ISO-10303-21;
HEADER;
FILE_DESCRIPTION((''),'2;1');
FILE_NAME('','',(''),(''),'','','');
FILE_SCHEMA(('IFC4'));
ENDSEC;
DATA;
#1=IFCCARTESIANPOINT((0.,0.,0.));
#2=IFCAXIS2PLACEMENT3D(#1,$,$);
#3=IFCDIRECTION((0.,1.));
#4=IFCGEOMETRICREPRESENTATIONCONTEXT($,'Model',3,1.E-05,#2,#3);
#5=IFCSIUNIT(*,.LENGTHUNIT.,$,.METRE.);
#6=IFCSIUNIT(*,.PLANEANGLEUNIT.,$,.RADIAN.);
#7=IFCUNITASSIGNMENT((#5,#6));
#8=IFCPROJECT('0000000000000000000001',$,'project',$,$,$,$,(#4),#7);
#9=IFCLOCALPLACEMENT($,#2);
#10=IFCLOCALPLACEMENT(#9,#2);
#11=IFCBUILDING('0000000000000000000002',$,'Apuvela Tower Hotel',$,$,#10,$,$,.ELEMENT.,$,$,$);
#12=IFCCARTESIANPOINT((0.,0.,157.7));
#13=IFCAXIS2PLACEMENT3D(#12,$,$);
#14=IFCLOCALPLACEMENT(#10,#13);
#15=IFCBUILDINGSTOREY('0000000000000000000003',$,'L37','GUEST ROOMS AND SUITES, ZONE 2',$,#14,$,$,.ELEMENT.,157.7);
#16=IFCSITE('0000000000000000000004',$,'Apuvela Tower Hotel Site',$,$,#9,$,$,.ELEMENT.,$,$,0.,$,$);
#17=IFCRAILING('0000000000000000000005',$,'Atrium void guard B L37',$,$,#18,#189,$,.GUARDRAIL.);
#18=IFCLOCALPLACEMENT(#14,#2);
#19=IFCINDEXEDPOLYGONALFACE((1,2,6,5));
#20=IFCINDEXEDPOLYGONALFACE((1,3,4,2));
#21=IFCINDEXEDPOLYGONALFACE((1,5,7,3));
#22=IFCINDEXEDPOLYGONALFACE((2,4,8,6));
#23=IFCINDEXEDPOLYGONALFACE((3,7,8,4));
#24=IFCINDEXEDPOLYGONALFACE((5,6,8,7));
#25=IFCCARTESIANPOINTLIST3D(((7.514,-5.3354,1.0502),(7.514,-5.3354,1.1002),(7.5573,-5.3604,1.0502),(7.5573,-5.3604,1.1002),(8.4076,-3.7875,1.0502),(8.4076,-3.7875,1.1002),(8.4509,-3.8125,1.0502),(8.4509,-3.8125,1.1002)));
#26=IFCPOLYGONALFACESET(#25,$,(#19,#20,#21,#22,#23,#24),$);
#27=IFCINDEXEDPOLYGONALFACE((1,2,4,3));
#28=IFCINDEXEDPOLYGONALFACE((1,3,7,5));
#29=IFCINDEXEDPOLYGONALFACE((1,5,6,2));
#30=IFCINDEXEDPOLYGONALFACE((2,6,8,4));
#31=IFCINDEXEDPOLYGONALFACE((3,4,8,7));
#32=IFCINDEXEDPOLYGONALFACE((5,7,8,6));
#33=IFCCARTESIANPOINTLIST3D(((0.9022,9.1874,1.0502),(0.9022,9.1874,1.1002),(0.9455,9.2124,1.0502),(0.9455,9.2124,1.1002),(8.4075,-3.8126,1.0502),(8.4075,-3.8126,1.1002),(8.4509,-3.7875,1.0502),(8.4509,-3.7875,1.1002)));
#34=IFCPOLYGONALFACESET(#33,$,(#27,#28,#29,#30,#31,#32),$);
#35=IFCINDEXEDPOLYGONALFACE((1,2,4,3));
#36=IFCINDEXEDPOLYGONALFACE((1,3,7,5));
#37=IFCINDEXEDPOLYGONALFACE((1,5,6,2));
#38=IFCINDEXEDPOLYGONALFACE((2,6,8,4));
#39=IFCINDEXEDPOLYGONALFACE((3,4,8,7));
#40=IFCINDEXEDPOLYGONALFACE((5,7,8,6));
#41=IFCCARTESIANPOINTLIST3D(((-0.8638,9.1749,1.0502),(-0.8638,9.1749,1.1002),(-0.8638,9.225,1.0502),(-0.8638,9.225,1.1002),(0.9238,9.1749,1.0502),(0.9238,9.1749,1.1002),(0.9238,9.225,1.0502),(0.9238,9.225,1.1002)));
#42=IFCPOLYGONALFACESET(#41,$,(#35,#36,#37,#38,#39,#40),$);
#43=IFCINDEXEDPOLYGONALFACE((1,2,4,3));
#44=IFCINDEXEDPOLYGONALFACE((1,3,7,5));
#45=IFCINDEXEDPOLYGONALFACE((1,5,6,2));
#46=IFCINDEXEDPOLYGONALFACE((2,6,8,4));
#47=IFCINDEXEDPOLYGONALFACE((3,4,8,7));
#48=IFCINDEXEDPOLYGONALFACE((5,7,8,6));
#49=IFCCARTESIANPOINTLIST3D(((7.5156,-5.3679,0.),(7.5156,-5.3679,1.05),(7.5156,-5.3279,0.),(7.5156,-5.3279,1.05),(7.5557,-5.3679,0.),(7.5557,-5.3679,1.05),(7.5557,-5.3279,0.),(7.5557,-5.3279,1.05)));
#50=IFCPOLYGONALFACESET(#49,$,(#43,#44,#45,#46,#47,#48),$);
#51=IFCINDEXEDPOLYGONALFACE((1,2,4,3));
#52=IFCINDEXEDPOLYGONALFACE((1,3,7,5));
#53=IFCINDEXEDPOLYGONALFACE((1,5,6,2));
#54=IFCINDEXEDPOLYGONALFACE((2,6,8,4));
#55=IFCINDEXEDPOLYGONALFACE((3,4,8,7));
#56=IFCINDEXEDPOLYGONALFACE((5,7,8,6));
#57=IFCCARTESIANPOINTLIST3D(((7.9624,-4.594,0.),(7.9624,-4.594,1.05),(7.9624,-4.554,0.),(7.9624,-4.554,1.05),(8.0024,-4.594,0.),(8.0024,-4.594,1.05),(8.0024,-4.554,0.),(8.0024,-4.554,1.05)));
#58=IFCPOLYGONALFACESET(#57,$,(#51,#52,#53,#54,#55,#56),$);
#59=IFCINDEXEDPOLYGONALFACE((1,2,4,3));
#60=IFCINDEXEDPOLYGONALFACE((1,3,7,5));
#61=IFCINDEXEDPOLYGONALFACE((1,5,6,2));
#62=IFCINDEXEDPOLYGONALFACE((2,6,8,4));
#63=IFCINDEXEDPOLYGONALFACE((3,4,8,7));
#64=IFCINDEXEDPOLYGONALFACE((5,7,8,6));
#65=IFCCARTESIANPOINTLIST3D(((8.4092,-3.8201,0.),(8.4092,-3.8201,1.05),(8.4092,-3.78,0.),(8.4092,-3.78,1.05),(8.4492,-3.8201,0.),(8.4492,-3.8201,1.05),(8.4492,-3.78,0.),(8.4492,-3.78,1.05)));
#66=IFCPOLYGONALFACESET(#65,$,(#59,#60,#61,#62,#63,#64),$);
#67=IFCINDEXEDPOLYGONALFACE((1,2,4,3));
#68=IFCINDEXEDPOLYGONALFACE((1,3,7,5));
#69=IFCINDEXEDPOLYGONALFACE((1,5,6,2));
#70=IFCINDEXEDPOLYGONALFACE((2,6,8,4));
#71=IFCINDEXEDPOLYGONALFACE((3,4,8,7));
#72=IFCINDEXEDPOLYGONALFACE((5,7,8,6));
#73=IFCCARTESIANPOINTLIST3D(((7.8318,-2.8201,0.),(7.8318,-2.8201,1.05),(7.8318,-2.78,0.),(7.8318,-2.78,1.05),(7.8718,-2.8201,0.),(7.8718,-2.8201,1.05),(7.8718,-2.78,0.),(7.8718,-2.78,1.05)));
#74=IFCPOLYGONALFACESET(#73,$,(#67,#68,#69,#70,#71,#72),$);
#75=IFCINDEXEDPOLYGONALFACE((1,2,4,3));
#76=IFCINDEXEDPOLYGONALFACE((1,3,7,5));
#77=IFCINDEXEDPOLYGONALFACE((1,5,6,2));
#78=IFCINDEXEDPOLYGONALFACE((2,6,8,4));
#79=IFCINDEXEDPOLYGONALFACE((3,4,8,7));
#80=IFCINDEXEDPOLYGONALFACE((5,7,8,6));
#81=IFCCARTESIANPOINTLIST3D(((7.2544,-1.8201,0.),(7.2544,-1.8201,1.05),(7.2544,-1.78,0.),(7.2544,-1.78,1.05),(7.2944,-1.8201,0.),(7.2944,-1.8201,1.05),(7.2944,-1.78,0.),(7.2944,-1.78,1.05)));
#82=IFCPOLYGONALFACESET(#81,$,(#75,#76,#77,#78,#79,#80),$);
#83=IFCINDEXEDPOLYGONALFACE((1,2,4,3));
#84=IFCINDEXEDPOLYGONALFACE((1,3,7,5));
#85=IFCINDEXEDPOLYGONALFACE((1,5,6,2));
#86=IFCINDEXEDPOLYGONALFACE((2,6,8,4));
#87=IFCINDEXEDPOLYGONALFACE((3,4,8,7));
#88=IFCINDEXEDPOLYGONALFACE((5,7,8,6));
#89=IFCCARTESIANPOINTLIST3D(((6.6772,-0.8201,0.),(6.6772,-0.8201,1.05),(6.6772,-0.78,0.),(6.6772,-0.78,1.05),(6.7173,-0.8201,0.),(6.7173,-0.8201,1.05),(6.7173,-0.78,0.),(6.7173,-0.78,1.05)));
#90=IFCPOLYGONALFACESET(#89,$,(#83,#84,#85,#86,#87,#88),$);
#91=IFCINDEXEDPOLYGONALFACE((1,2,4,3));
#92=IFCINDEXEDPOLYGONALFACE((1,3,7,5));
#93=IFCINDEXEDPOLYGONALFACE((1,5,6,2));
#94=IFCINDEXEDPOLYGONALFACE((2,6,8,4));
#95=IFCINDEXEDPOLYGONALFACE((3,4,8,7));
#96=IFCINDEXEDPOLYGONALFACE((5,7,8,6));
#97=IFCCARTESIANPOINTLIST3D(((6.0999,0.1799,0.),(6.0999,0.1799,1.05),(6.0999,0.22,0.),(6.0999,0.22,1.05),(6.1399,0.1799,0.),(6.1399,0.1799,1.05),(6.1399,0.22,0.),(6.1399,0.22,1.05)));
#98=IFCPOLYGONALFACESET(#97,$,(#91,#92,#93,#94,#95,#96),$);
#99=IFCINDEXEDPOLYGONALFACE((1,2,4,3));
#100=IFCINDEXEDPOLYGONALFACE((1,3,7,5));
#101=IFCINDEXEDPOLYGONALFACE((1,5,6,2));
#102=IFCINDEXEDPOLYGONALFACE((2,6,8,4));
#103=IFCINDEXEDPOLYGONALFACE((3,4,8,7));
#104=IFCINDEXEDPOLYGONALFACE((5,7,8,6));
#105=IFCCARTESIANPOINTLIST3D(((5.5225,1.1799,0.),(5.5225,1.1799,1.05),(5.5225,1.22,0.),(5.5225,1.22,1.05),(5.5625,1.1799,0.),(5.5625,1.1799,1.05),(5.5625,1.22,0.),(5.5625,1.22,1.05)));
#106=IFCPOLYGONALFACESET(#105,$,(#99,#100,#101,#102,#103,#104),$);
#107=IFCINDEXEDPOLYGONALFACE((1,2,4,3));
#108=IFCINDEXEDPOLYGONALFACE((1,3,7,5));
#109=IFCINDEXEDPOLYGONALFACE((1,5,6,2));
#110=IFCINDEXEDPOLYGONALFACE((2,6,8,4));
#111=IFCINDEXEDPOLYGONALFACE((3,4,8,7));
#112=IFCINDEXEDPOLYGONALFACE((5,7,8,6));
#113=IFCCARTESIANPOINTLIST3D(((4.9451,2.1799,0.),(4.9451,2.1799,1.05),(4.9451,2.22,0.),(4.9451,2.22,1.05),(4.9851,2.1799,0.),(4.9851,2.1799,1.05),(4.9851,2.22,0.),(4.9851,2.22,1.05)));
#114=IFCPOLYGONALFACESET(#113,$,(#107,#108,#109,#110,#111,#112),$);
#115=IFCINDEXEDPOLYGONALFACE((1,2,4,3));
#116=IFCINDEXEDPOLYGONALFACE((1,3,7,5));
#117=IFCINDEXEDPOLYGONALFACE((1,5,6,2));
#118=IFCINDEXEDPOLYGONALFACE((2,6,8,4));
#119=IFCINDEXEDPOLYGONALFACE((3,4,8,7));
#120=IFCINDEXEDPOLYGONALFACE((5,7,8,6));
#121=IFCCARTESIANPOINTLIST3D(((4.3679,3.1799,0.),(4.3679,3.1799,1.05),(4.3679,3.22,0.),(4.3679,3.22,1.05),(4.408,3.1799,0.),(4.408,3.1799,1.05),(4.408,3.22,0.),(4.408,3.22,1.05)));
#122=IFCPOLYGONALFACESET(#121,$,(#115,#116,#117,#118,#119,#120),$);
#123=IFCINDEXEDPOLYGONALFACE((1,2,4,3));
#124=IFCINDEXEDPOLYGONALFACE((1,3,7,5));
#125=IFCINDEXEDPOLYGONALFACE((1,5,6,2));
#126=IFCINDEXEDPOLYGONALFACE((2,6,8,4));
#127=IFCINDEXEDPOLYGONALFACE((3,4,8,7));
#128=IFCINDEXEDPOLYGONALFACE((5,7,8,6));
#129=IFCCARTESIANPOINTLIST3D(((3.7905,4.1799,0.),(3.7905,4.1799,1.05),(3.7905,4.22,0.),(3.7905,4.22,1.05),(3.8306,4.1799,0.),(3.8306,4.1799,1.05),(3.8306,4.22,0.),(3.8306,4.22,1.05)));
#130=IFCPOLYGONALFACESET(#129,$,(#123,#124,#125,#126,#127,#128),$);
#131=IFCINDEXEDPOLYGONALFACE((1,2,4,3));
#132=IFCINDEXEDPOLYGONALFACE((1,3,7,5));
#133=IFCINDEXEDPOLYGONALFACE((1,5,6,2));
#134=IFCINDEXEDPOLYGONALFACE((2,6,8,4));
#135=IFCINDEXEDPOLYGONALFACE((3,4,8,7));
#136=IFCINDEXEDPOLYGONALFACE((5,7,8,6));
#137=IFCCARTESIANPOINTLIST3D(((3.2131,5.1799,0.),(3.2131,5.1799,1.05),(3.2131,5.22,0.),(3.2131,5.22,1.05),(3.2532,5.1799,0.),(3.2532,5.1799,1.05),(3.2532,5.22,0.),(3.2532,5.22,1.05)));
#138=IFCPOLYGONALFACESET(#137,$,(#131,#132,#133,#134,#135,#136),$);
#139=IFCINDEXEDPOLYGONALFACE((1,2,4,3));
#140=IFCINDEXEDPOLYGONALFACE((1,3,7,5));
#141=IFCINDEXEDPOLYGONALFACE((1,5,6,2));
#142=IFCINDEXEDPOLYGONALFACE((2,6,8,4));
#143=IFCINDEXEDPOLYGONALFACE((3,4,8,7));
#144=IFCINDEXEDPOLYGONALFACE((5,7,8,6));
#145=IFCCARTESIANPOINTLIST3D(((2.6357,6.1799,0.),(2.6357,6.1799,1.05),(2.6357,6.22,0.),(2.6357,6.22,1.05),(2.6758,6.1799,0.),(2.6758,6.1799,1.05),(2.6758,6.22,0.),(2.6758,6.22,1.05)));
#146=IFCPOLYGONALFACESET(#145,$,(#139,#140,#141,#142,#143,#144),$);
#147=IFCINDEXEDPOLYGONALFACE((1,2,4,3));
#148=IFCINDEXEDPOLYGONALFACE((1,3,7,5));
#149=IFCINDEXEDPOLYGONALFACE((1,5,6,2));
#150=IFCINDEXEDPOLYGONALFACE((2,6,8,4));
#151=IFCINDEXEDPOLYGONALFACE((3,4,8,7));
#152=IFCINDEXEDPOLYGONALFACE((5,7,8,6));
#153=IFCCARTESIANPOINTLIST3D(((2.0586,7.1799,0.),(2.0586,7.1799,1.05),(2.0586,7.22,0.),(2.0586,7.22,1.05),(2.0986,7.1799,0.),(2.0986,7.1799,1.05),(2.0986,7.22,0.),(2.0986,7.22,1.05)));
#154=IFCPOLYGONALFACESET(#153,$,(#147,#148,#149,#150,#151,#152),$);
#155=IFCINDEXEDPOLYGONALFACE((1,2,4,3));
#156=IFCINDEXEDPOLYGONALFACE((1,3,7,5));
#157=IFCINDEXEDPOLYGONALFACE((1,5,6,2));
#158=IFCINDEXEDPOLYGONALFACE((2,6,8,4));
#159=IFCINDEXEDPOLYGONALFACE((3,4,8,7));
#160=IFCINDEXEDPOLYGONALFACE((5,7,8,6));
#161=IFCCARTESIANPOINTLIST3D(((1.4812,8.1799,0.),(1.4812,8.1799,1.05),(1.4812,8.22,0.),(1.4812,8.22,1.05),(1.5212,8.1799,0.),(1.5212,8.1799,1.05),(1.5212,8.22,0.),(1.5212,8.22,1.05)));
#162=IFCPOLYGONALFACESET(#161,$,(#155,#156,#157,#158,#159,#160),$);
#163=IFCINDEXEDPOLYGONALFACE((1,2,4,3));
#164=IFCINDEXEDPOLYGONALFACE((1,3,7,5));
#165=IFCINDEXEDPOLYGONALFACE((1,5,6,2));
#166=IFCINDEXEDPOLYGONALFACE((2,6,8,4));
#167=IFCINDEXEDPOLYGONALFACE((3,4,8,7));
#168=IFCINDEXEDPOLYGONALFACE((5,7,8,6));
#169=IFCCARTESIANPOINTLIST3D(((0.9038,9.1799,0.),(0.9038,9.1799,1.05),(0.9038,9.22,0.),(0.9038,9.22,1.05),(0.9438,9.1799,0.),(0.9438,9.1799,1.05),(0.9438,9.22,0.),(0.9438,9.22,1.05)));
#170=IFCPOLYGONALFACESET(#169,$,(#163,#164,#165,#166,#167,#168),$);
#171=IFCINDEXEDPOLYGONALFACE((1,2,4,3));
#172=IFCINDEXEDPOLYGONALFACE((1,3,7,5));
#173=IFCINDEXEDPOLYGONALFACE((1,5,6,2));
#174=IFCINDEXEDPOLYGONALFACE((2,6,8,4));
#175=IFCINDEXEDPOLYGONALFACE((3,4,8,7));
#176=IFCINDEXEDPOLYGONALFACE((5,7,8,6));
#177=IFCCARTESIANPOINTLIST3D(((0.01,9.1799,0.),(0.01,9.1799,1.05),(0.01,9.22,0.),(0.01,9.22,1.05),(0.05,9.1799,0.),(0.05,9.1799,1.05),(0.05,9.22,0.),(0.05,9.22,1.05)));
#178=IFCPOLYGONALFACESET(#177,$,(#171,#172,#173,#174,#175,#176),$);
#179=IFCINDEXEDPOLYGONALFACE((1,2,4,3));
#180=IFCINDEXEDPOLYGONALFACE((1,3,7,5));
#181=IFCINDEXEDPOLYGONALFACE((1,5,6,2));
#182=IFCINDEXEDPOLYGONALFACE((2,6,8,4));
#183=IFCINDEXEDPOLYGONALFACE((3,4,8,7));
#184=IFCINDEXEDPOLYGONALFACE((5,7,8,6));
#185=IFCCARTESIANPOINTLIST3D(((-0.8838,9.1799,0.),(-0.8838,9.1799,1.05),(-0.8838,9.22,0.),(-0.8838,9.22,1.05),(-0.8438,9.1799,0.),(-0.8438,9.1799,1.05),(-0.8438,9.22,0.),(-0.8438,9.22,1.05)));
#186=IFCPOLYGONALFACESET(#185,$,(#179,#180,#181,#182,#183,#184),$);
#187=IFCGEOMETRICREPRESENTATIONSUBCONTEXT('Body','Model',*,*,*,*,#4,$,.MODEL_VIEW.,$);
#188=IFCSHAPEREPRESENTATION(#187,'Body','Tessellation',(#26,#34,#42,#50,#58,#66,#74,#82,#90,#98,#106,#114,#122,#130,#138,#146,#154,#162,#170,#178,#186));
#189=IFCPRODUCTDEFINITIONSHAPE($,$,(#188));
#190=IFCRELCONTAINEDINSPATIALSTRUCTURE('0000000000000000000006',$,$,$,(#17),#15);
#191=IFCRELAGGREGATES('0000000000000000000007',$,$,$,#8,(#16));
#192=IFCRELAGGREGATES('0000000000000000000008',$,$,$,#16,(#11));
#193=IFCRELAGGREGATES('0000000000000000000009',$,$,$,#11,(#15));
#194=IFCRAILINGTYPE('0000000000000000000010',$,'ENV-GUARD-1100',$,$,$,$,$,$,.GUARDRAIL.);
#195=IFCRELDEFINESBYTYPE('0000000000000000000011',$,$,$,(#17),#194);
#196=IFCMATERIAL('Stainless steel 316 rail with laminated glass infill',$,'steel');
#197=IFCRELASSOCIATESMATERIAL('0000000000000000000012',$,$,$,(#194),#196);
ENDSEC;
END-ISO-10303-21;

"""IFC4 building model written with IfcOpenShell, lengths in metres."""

from ifc_helpers import new_model, si_unit, direction, frame, origin, origin_2d, place, context, subcontext, project, spatial, rectangle, extrude, material, type_object, element, save


model = new_model("IFC4")

# Units and contexts
model_context = context("Model", 3, precision=1e-05, world=origin(), true_north=direction((0.0, 1.0)))
body_context = subcontext(model_context, "Body", "Model", "MODEL_VIEW")
ifc_project = project(units=[si_unit("LENGTHUNIT", "METRE"), si_unit("PLANEANGLEUNIT", "RADIAN")], contexts=[model_context])

# Site, building, storey
site_placement = place(None, origin())
site = spatial("IfcSite", under=ifc_project, at=site_placement, Name="Apuvela Tower Hotel Site", CompositionType="ELEMENT", RefElevation=0.0)
building_placement = place(site_placement, origin())
building = spatial("IfcBuilding", under=site, at=building_placement, Name="Apuvela Tower Hotel", CompositionType="ELEMENT")
storey_placement = place(building_placement, frame((0.0, 0.0, 157.7)))
storey = spatial("IfcBuildingStorey", under=building, at=storey_placement, Name="L37", Description="GUEST ROOMS AND SUITES, ZONE 2", CompositionType="ELEMENT", Elevation=157.7)

# Railing
ifc_material_1 = material(Name="Stainless steel 316 rail with laminated glass infill", Category="steel")
railing_type_1 = type_object("IfcRailingType", Name="ENV-GUARD-1100", PredefinedType="GUARDRAIL", material=ifc_material_1)
railing_1_placement = place(storey_placement, frame((7.5356, -5.3479, 0.0)))
element("IfcRailing", 1, at=railing_1_placement, inside=storey, type_object=railing_type_1, Name="Atrium void guard B L37", PredefinedType="GUARDRAIL", context=body_context, shape_type="SweptSolid", body=[
    extrude(rectangle(XDim=0.05, YDim=0.05, at=origin_2d()), frame((0.0, 0.0, 1.0752), z_axis=(0.499959, 0.866049, 0.0), x_axis=(-0.866049, 0.499959, 0.0)), (0.0, 0.0, 1.0), 1.7874),
    extrude(rectangle(XDim=0.05, YDim=0.05, at=origin_2d()), frame((0.8936, 1.5479, 1.0752), z_axis=(-0.499991, 0.866031, 0.0), x_axis=(-0.866031, -0.499991, 0.0)), (0.0, 0.0, 1.0), 15.011),
    extrude(rectangle(XDim=0.05, YDim=0.05, at=origin_2d()), frame((-6.6118, 14.5479, 1.0752), z_axis=(-1.0, 0.0, 0.0), x_axis=(0.0, -1.0, 0.0)), (0.0, 0.0, 1.0), 1.7876),
    extrude(rectangle(XDim=0.04, YDim=0.04, at=origin_2d()), origin(), (0.0, 0.0, 1.0), 1.05),
    extrude(rectangle(XDim=0.04, YDim=0.04, at=origin_2d()), frame((0.4468, 0.7739, 0.0)), (0.0, 0.0, 1.0), 1.05),
    extrude(rectangle(XDim=0.04, YDim=0.04, at=origin_2d()), frame((0.8936, 1.5479, 0.0)), (0.0, 0.0, 1.0), 1.05),
    extrude(rectangle(XDim=0.04, YDim=0.04, at=origin_2d()), frame((0.3162, 2.5479, 0.0)), (0.0, 0.0, 1.0), 1.05),
    extrude(rectangle(XDim=0.04, YDim=0.04, at=origin_2d()), frame((-0.2612, 3.5479, 0.0)), (0.0, 0.0, 1.0), 1.05),
    extrude(rectangle(XDim=0.04, YDim=0.04, at=origin_2d()), frame((-0.8384, 4.5479, 0.0)), (0.0, 0.0, 1.0), 1.05),
    extrude(rectangle(XDim=0.04, YDim=0.04, at=origin_2d()), frame((-1.4158, 5.5479, 0.0)), (0.0, 0.0, 1.0), 1.05),
    extrude(rectangle(XDim=0.04, YDim=0.04, at=origin_2d()), frame((-1.9932, 6.5479, 0.0)), (0.0, 0.0, 1.0), 1.05),
    extrude(rectangle(XDim=0.04, YDim=0.04, at=origin_2d()), frame((-2.5706, 7.5479, 0.0)), (0.0, 0.0, 1.0), 1.05),
    extrude(rectangle(XDim=0.04, YDim=0.04, at=origin_2d()), frame((-3.1477, 8.5479, 0.0)), (0.0, 0.0, 1.0), 1.05),
    extrude(rectangle(XDim=0.04, YDim=0.04, at=origin_2d()), frame((-3.7251, 9.5479, 0.0)), (0.0, 0.0, 1.0), 1.05),
    extrude(rectangle(XDim=0.04, YDim=0.04, at=origin_2d()), frame((-4.3025, 10.5479, 0.0)), (0.0, 0.0, 1.0), 1.05),
    extrude(rectangle(XDim=0.04, YDim=0.04, at=origin_2d()), frame((-4.8799, 11.5479, 0.0)), (0.0, 0.0, 1.0), 1.05),
    extrude(rectangle(XDim=0.04, YDim=0.04, at=origin_2d()), frame((-5.457, 12.5479, 0.0)), (0.0, 0.0, 1.0), 1.05),
    extrude(rectangle(XDim=0.04, YDim=0.04, at=origin_2d()), frame((-6.0344, 13.5479, 0.0)), (0.0, 0.0, 1.0), 1.05),
    extrude(rectangle(XDim=0.04, YDim=0.04, at=origin_2d()), frame((-6.6118, 14.5479, 0.0)), (0.0, 0.0, 1.0), 1.05),
    extrude(rectangle(XDim=0.04, YDim=0.04, at=origin_2d()), frame((-7.5056, 14.5479, 0.0)), (0.0, 0.0, 1.0), 1.05),
    extrude(rectangle(XDim=0.04, YDim=0.04, at=origin_2d()), frame((-8.3994, 14.5479, 0.0)), (0.0, 0.0, 1.0), 1.05),
])

save(model, "model.ifc")
